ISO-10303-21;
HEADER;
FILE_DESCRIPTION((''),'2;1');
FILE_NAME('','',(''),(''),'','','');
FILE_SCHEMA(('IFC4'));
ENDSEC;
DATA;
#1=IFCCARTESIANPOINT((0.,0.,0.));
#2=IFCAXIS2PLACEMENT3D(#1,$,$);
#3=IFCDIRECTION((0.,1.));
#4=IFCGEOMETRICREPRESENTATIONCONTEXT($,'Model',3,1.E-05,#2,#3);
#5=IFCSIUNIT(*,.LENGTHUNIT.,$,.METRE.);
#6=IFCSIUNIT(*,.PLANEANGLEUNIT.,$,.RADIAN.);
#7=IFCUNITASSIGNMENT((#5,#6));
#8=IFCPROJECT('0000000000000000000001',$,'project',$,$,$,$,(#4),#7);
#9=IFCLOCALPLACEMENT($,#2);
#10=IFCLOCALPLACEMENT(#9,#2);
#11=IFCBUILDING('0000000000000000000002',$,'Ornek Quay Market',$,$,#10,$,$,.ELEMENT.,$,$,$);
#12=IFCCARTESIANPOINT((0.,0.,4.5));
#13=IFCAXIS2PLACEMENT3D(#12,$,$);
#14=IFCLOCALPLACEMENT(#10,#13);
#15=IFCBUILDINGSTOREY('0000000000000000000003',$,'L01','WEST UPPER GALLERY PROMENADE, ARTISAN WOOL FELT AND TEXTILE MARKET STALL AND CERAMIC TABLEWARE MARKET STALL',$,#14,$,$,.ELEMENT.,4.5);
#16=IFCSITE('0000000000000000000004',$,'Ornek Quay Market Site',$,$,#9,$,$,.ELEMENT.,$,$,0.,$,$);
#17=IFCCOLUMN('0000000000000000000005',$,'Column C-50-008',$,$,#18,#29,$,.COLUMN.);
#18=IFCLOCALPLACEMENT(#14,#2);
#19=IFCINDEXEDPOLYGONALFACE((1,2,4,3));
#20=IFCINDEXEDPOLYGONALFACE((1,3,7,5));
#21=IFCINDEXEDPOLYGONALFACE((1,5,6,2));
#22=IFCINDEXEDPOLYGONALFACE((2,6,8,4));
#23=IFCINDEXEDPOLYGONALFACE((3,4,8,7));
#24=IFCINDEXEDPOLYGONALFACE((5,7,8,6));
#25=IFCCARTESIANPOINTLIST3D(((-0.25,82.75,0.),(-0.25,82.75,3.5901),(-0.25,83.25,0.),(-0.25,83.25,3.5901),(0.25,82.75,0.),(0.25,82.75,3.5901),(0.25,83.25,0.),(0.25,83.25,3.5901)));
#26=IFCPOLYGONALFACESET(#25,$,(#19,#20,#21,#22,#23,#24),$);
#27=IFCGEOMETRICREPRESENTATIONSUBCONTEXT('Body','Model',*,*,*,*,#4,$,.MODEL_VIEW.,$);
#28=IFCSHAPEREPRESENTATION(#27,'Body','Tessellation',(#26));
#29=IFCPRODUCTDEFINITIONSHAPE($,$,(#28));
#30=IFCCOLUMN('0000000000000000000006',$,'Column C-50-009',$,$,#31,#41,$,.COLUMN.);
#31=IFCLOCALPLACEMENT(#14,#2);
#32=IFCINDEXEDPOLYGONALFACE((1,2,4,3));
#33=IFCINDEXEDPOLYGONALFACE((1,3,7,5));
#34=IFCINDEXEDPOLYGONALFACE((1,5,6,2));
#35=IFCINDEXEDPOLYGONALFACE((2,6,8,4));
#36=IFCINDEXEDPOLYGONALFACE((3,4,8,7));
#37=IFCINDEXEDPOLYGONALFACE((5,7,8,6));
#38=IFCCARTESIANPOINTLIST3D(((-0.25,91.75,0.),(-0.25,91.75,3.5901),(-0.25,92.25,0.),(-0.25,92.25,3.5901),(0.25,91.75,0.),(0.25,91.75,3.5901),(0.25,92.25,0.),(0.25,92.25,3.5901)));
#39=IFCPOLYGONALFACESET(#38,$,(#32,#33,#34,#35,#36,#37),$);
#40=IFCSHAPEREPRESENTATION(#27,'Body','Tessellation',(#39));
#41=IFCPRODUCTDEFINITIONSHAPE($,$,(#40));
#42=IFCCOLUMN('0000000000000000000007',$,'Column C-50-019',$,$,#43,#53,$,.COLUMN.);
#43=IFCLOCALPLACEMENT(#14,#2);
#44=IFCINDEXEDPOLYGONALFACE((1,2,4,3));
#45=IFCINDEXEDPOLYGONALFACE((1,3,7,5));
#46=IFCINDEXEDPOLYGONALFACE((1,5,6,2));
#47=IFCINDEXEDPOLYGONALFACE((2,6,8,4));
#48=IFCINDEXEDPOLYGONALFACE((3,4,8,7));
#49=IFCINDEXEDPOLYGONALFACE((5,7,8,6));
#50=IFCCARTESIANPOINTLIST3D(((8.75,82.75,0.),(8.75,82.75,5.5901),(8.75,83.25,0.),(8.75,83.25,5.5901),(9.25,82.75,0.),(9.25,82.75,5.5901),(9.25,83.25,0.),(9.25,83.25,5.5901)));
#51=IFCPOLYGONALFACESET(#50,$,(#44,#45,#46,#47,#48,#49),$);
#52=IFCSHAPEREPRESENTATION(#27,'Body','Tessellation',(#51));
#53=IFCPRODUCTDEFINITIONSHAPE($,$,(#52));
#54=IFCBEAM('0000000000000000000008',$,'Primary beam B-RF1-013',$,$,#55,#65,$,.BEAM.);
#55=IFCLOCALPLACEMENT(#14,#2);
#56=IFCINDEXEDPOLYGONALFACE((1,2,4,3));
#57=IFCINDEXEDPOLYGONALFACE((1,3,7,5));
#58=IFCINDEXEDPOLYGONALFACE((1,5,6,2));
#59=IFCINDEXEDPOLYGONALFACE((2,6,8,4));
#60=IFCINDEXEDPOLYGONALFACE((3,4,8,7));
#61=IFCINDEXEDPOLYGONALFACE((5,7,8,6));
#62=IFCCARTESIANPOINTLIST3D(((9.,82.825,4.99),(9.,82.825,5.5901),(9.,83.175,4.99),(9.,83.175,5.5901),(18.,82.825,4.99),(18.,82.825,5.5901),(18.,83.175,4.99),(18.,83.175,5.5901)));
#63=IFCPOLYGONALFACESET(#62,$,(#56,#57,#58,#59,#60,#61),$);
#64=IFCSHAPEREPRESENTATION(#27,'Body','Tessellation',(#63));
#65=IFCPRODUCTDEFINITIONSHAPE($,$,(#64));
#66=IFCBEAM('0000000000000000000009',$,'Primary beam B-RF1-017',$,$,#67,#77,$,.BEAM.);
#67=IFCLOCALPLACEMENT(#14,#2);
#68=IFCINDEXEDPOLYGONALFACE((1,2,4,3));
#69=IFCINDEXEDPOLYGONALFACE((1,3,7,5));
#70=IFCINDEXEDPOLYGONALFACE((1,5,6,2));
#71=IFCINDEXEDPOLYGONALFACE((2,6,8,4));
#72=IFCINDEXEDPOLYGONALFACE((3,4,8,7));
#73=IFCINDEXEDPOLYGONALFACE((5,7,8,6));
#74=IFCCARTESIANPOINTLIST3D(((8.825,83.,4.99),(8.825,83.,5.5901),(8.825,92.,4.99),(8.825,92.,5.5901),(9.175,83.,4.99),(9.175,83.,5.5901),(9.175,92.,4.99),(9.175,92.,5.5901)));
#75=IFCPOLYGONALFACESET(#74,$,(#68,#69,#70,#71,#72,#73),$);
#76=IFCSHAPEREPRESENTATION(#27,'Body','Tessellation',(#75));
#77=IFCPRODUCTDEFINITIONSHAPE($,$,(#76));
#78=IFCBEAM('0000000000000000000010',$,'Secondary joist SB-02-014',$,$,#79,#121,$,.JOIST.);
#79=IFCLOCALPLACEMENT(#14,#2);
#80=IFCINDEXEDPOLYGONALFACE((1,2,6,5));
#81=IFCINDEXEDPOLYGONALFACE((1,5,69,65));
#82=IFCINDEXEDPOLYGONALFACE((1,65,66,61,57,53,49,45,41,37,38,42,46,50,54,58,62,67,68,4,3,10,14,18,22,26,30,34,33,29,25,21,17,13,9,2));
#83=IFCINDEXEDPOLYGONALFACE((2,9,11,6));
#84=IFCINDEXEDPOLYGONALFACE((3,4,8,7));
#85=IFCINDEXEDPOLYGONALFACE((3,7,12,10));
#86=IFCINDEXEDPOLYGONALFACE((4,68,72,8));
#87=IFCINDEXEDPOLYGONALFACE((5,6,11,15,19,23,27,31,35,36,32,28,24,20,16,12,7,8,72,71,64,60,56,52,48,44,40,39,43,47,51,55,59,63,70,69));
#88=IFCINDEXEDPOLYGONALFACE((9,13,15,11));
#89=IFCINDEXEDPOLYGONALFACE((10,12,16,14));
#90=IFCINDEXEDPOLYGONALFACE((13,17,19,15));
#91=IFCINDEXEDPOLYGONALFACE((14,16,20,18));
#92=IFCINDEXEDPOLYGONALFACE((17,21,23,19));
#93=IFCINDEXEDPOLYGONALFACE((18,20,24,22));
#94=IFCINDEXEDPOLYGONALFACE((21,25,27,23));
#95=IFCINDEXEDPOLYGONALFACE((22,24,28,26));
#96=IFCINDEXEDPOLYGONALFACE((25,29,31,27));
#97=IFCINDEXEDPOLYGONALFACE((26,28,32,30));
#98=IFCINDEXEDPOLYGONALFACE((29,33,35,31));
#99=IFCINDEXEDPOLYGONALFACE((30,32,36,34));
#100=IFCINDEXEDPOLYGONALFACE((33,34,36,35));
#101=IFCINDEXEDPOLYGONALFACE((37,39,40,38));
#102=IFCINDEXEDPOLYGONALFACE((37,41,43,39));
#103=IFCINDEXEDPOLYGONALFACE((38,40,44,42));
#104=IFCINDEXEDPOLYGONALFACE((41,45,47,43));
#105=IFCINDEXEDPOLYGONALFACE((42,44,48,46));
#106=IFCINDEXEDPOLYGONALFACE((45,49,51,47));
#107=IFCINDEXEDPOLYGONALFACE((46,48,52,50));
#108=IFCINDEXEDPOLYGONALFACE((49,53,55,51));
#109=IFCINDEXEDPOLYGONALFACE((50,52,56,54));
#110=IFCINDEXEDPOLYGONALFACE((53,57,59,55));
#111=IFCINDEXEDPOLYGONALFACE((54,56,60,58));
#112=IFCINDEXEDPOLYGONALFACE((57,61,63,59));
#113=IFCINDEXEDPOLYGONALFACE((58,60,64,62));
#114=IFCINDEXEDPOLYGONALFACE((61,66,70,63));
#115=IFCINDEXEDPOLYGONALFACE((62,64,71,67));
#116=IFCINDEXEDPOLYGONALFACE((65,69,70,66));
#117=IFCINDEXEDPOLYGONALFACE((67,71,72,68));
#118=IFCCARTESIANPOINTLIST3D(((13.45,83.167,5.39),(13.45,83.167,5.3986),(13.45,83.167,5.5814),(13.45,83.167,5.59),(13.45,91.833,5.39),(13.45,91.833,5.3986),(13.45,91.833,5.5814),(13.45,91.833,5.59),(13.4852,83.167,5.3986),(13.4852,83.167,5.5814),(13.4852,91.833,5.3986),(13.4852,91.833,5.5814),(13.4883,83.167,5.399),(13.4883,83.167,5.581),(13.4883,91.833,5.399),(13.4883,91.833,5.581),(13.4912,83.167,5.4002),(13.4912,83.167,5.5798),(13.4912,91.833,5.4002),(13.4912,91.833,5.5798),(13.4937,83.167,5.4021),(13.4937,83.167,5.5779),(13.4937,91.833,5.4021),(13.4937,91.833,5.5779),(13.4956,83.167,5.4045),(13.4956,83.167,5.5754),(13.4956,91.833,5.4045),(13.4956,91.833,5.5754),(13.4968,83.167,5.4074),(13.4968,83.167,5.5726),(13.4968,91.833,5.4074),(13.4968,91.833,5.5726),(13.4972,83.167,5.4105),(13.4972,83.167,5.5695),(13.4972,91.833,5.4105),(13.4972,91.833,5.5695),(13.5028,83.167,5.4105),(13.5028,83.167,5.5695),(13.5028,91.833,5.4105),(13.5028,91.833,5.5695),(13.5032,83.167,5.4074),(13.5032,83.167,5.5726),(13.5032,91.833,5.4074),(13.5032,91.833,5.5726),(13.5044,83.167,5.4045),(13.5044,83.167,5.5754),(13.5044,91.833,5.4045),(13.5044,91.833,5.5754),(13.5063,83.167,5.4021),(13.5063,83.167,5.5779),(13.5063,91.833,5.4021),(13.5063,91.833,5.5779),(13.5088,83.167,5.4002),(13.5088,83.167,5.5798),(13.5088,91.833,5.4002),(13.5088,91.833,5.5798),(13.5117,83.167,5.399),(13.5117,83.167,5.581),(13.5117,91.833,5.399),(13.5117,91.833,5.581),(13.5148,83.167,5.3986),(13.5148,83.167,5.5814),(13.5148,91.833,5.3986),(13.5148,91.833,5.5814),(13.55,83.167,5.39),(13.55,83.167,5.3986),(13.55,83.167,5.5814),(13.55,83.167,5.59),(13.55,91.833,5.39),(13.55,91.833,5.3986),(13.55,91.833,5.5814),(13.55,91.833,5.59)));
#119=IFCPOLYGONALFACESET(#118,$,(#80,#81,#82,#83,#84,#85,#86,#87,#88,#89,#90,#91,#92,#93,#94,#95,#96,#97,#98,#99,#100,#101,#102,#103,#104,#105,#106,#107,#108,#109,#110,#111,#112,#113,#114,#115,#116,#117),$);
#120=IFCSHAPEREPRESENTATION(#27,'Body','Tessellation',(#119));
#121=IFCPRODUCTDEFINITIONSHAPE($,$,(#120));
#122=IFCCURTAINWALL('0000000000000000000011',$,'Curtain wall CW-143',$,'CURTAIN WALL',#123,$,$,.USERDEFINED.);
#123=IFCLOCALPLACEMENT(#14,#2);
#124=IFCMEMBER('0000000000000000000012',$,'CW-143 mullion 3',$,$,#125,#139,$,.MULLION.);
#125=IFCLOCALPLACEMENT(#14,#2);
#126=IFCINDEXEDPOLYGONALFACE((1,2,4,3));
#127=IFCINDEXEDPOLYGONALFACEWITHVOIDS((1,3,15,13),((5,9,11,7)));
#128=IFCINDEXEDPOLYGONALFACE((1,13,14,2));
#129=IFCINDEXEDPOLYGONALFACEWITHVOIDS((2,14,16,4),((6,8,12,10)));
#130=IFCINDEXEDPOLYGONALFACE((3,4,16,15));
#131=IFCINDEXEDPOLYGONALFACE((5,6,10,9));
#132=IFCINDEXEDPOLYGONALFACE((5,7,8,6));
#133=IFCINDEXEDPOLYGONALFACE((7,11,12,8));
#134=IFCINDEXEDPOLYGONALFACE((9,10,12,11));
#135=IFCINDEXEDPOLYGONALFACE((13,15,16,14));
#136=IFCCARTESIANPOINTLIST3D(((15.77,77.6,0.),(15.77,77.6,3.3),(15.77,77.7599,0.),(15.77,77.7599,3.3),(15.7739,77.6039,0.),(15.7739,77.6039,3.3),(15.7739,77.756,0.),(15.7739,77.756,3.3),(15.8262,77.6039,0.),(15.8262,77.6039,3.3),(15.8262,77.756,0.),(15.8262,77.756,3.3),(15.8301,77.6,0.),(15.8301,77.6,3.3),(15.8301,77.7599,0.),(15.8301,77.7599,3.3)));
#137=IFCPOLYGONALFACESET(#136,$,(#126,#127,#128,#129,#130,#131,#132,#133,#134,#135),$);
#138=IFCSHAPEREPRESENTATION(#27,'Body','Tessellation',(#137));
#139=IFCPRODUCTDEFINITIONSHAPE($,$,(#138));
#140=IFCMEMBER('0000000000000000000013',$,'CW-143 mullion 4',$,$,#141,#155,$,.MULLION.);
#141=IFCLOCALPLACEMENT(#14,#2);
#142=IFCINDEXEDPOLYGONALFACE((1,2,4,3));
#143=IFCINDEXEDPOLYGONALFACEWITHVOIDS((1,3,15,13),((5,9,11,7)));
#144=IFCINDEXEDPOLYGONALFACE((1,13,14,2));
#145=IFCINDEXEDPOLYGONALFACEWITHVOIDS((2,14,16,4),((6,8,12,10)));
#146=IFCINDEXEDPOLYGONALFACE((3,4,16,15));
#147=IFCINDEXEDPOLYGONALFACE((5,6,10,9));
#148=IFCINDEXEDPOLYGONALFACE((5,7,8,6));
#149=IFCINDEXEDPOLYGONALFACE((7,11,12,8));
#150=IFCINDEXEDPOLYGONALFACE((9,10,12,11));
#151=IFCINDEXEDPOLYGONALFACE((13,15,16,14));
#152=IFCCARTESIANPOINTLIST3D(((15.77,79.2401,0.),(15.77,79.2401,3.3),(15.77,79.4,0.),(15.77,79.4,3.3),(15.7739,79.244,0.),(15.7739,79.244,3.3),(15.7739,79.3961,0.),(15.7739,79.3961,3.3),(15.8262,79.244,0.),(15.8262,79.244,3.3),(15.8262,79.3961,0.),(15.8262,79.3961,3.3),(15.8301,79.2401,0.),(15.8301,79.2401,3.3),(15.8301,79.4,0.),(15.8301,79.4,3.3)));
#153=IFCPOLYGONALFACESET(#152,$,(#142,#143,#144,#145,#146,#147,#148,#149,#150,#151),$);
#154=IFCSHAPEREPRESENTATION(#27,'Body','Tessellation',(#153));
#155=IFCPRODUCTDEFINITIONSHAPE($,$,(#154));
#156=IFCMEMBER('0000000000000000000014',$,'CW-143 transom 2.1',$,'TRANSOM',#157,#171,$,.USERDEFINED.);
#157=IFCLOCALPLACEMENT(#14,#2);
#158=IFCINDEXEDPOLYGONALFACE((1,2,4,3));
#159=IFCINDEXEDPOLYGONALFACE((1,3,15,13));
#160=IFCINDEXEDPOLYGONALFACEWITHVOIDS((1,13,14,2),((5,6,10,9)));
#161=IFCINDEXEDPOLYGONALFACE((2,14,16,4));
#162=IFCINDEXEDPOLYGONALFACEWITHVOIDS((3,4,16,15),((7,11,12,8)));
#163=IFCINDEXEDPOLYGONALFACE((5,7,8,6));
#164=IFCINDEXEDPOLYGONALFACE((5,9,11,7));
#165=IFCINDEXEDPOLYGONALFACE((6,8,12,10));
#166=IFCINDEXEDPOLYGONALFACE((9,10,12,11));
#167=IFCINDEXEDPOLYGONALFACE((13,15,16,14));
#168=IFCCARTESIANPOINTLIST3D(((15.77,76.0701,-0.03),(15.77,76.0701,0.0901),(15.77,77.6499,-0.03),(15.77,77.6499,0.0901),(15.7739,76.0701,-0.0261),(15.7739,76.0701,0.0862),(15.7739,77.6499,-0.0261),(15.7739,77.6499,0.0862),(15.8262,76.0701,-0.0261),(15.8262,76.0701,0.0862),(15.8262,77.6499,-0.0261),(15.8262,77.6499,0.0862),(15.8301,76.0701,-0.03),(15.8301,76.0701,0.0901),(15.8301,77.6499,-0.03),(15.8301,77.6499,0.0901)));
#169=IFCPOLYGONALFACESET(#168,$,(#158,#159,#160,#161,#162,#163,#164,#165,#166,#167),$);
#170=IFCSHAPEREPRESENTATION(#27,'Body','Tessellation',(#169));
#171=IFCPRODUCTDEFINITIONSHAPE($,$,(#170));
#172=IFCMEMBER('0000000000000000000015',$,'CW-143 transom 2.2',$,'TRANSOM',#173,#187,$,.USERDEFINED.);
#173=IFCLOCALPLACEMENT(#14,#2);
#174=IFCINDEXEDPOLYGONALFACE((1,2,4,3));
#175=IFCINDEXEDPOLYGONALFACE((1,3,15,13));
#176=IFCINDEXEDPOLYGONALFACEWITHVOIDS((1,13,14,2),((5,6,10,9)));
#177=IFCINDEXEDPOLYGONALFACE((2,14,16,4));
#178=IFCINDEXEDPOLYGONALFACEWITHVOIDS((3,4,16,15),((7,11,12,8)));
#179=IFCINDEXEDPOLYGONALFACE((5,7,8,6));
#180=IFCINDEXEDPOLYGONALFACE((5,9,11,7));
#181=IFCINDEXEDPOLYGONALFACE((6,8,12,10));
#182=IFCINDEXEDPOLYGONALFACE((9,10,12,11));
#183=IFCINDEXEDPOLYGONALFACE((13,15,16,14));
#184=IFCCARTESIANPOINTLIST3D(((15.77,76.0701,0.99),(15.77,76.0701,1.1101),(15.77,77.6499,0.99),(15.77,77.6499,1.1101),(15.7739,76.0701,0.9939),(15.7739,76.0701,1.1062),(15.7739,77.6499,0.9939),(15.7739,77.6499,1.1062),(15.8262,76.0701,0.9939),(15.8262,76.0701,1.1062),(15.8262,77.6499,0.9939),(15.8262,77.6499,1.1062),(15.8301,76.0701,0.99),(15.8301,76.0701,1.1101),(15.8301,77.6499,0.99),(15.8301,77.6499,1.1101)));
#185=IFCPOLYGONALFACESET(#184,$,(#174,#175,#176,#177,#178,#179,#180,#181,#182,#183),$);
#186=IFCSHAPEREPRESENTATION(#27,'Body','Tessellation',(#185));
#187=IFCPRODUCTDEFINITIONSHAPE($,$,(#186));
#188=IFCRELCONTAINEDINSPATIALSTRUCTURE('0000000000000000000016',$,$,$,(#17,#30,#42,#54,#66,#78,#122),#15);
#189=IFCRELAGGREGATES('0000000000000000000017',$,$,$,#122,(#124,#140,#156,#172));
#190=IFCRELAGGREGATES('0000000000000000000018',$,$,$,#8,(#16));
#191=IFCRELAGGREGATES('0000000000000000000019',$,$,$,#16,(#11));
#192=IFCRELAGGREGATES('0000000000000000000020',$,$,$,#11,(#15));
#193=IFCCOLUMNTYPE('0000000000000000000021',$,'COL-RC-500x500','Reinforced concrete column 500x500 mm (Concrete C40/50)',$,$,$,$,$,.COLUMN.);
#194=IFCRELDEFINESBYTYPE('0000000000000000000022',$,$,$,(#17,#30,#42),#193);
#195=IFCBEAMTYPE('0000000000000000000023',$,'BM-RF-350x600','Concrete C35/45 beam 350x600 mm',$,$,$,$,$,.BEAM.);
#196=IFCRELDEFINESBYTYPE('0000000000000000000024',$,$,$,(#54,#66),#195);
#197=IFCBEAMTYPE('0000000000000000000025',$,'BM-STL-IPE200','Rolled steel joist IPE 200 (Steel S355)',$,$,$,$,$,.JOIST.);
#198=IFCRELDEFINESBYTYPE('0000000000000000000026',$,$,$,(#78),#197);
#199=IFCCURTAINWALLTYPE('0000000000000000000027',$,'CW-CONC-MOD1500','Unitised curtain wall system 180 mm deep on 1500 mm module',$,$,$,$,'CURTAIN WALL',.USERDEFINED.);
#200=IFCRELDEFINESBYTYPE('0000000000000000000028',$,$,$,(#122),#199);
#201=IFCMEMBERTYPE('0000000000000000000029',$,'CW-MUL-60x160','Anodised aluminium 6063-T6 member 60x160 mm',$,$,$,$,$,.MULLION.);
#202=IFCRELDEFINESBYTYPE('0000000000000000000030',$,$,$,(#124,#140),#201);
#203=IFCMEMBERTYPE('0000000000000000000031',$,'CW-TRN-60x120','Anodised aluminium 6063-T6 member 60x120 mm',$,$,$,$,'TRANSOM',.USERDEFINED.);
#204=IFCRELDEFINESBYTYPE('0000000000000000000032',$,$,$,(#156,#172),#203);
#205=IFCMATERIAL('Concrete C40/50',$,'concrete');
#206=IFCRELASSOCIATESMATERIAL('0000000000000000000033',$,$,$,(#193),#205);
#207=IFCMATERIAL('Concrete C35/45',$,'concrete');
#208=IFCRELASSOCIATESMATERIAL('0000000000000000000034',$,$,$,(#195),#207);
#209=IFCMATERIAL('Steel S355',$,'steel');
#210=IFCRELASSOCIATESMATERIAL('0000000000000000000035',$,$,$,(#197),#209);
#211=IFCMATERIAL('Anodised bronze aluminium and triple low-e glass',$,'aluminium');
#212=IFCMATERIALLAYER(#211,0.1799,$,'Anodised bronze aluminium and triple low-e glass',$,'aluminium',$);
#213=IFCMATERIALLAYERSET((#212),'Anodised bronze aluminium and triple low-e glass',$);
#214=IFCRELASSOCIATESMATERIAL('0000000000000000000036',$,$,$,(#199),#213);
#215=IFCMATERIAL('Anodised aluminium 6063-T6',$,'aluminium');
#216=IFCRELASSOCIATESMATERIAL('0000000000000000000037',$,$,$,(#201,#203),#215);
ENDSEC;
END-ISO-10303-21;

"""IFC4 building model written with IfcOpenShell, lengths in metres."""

from ifc_helpers import new_model, si_unit, direction, frame, origin, origin_2d, place, context, subcontext, project, spatial, rectangle, hollow_rectangle, i_section, extrude, material, layer, layer_set, material_profile, profile_set, type_object, element, aggregate, save


model = new_model("IFC4")

# Units and contexts
model_context = context("Model", 3, precision=1e-05, world=origin(), true_north=direction((0.0, 1.0)))
body_context = subcontext(model_context, "Body", "Model", "MODEL_VIEW")
ifc_project = project(units=[si_unit("LENGTHUNIT", "METRE"), si_unit("PLANEANGLEUNIT", "RADIAN")], contexts=[model_context])

# Site, building, storey
site_placement = place(None, origin())
site = spatial("IfcSite", under=ifc_project, at=site_placement, Name="Ornek Quay Market Site", CompositionType="ELEMENT", RefElevation=0.0)
building_placement = place(site_placement, origin())
building = spatial("IfcBuilding", under=site, at=building_placement, Name="Ornek Quay Market", CompositionType="ELEMENT")
storey_placement = place(building_placement, frame((0.0, 0.0, 4.5)))
storey = spatial("IfcBuildingStorey", under=building, at=storey_placement, Name="L01", Description="WEST UPPER GALLERY PROMENADE, ARTISAN WOOL FELT AND TEXTILE MARKET STALL AND CERAMIC TABLEWARE MARKET STALL", CompositionType="ELEMENT", Elevation=4.5)

# Columns
ifc_material_1 = material(Name="Concrete C40/50", Category="concrete")
ifc_material_profile_1 = material_profile(ifc_material_1, rectangle(XDim=0.5, YDim=0.5, at=origin_2d()), Name="RC 500x500", Category="concrete")
ifc_profile_set_1 = profile_set([ifc_material_profile_1], Name="Concrete C40/50")
column_type = type_object("IfcColumnType", Name="COL-RC-500x500", Description="Reinforced concrete column 500x500 mm (Concrete C40/50)", PredefinedType="COLUMN", material=ifc_profile_set_1)
for number, where, z_axis, x_axis, name in (
    (1, (0.0, 83.0, 0.0), (0.0, 0.0, 1.0), (1.0, 0.0, 0.0), "Column C-50-008"),
    (2, (0.0, 92.0, 0.0), (0.0, 0.0, 1.0), (1.0, 0.0, 0.0), "Column C-50-009"),
):
    element("IfcColumn", number, at=place(storey_placement, frame(where, z_axis=z_axis, x_axis=x_axis)), inside=storey, type_object=column_type, Name=name, PredefinedType="COLUMN", context=body_context, shape_type="SweptSolid", body=[
        extrude(rectangle(XDim=0.5, YDim=0.5, at=origin_2d()), origin(), (0.0, 0.0, 1.0), 3.5901),
    ])
column_placement = place(storey_placement, frame((9.0, 83.0, 0.0), z_axis=(0.0, 0.0, 1.0), x_axis=(1.0, 0.0, 0.0)))
element("IfcColumn", 3, at=column_placement, inside=storey, type_object=column_type, Name="Column C-50-019", PredefinedType="COLUMN", context=body_context, shape_type="SweptSolid", body=[
    extrude(rectangle(XDim=0.5, YDim=0.5, at=origin_2d()), origin(), (0.0, 0.0, 1.0), 5.5901),
])

# Beams
ifc_material_2 = material(Name="Concrete C35/45", Category="concrete")
ifc_material_profile_2 = material_profile(ifc_material_2, rectangle(XDim=0.3501, YDim=0.6001, at=origin_2d()), Name="RC 350x600", Category="concrete")
ifc_profile_set_2 = profile_set([ifc_material_profile_2], Name="Concrete C35/45")
beam_type_1 = type_object("IfcBeamType", Name="BM-RF-350x600", Description="Concrete C35/45 beam 350x600 mm", PredefinedType="BEAM", material=ifc_profile_set_2)
for number, where, z_axis, x_axis, name in (
    (4, (9.0, 83.0, 5.29), (1.0, 0.0, 0.0), (0.0, 1.0, 0.0), "Primary beam B-RF1-013"),
    (5, (9.0, 83.0, 5.29), (0.0, 1.0, 0.0), (-1.0, 0.0, 0.0), "Primary beam B-RF1-017"),
):
    element("IfcBeam", number, at=place(storey_placement, frame(where, z_axis=z_axis, x_axis=x_axis)), inside=storey, type_object=beam_type_1, Name=name, PredefinedType="BEAM", context=body_context, shape_type="SweptSolid", body=[
        extrude(rectangle(XDim=0.3501, YDim=0.6001, at=origin_2d()), origin(), (0.0, 0.0, 1.0), 9.0),
    ])
ifc_material_3 = material(Name="Steel S355", Category="steel")
ifc_material_profile_3 = material_profile(ifc_material_3, i_section(OverallWidth=0.1001, OverallDepth=0.2, WebThickness=0.0056, FlangeThickness=0.0085, FilletRadius=0.012, at=origin_2d()), Name="IPE 200", Category="steel")
ifc_profile_set_3 = profile_set([ifc_material_profile_3], Name="Steel S355")
beam_type_2 = type_object("IfcBeamType", Name="BM-STL-IPE200", Description="Rolled steel joist IPE 200 (Steel S355)", PredefinedType="JOIST", material=ifc_profile_set_3)
beam_placement = place(storey_placement, frame((13.5, 83.167, 5.49), z_axis=(0.0, 1.0, 0.0), x_axis=(-1.0, 0.0, 0.0)))
element("IfcBeam", 6, at=beam_placement, inside=storey, type_object=beam_type_2, Name="Secondary joist SB-02-014", PredefinedType="JOIST", context=body_context, shape_type="SweptSolid", body=[
    extrude(i_section(OverallWidth=0.1001, OverallDepth=0.2, WebThickness=0.0056, FlangeThickness=0.0085, FilletRadius=0.012, at=origin_2d()), origin(), (0.0, 0.0, 1.0), 8.666),
])

# Curtain wall, members
ifc_material_4 = material(Name="Anodised bronze aluminium and triple low-e glass", Category="aluminium")
ifc_layer_1 = layer(ifc_material_4, 0.1799, Name="Anodised bronze aluminium and triple low-e glass", Category="aluminium")
ifc_layer_set_1 = layer_set([ifc_layer_1], Name="Anodised bronze aluminium and triple low-e glass")
curtain_wall_type = type_object("IfcCurtainWallType", Name="CW-CONC-MOD1500", Description="Unitised curtain wall system 180 mm deep on 1500 mm module", ElementType="CURTAIN WALL", PredefinedType="USERDEFINED", material=ifc_layer_set_1)
curtain_wall_placement = place(storey_placement, origin())
curtain_wall = element("IfcCurtainWall", 7, at=curtain_wall_placement, inside=storey, type_object=curtain_wall_type, Name="Curtain wall CW-143", ObjectType="CURTAIN WALL", PredefinedType="USERDEFINED")
ifc_material_5 = material(Name="Anodised aluminium 6063-T6", Category="aluminium")
ifc_material_profile_4 = material_profile(ifc_material_5, hollow_rectangle(XDim=0.0601, YDim=0.1599, WallThickness=0.0039, at=origin_2d()), Name="CW-MUL-60x160", Category="aluminium")
ifc_profile_set_4 = profile_set([ifc_material_profile_4], Name="Anodised aluminium 6063-T6")
member_type_1 = type_object("IfcMemberType", Name="CW-MUL-60x160", Description="Anodised aluminium 6063-T6 member 60x160 mm", PredefinedType="MULLION", material=ifc_profile_set_4)
member_1_placement = place(storey_placement, frame((15.8, 77.6799, 0.0), z_axis=(0.0, 0.0, 1.0), x_axis=(-1.0, 0.0, 0.0)))
member_1 = element("IfcMember", 8, at=member_1_placement, type_object=member_type_1, Name="CW-143 mullion 3", PredefinedType="MULLION", context=body_context, shape_type="SweptSolid", body=[
    extrude(hollow_rectangle(XDim=0.0601, YDim=0.1599, WallThickness=0.0039, at=origin_2d()), origin(), (0.0, 0.0, 1.0), 3.3),
])
member_2_placement = place(storey_placement, frame((15.8, 79.3201, 0.0), z_axis=(0.0, 0.0, 1.0), x_axis=(-1.0, 0.0, 0.0)))
member_2 = element("IfcMember", 9, at=member_2_placement, type_object=member_type_1, Name="CW-143 mullion 4", PredefinedType="MULLION", context=body_context, shape_type="SweptSolid", body=[
    extrude(hollow_rectangle(XDim=0.0601, YDim=0.1599, WallThickness=0.0039, at=origin_2d()), origin(), (0.0, 0.0, 1.0), 3.3),
])
ifc_material_profile_5 = material_profile(ifc_material_5, hollow_rectangle(XDim=0.0601, YDim=0.1201, WallThickness=0.0039, at=origin_2d()), Name="CW-TRN-60x120", Category="aluminium")
ifc_profile_set_5 = profile_set([ifc_material_profile_5], Name="Anodised aluminium 6063-T6")
member_type_2 = type_object("IfcMemberType", Name="CW-TRN-60x120", Description="Anodised aluminium 6063-T6 member 60x120 mm", ElementType="TRANSOM", PredefinedType="USERDEFINED", material=ifc_profile_set_5)
member_3_placement = place(storey_placement, frame((15.8, 76.0701, 0.03), z_axis=(0.0, 1.0, 0.0), x_axis=(-1.0, 0.0, 0.0)))
member_3 = element("IfcMember", 10, at=member_3_placement, type_object=member_type_2, Name="CW-143 transom 2.1", ObjectType="TRANSOM", PredefinedType="USERDEFINED", context=body_context, shape_type="SweptSolid", body=[
    extrude(hollow_rectangle(XDim=0.0601, YDim=0.1201, WallThickness=0.0039, at=origin_2d()), origin(), (0.0, 0.0, 1.0), 1.5798),
])
member_4_placement = place(storey_placement, frame((15.8, 76.0701, 1.05), z_axis=(0.0, 1.0, 0.0), x_axis=(-1.0, 0.0, 0.0)))
member_4 = element("IfcMember", 11, at=member_4_placement, type_object=member_type_2, Name="CW-143 transom 2.2", ObjectType="TRANSOM", PredefinedType="USERDEFINED", context=body_context, shape_type="SweptSolid", body=[
    extrude(hollow_rectangle(XDim=0.0601, YDim=0.1201, WallThickness=0.0039, at=origin_2d()), origin(), (0.0, 0.0, 1.0), 1.5798),
])
aggregate(curtain_wall, [member_1, member_2, member_3, member_4])

save(model, "model.ifc")
